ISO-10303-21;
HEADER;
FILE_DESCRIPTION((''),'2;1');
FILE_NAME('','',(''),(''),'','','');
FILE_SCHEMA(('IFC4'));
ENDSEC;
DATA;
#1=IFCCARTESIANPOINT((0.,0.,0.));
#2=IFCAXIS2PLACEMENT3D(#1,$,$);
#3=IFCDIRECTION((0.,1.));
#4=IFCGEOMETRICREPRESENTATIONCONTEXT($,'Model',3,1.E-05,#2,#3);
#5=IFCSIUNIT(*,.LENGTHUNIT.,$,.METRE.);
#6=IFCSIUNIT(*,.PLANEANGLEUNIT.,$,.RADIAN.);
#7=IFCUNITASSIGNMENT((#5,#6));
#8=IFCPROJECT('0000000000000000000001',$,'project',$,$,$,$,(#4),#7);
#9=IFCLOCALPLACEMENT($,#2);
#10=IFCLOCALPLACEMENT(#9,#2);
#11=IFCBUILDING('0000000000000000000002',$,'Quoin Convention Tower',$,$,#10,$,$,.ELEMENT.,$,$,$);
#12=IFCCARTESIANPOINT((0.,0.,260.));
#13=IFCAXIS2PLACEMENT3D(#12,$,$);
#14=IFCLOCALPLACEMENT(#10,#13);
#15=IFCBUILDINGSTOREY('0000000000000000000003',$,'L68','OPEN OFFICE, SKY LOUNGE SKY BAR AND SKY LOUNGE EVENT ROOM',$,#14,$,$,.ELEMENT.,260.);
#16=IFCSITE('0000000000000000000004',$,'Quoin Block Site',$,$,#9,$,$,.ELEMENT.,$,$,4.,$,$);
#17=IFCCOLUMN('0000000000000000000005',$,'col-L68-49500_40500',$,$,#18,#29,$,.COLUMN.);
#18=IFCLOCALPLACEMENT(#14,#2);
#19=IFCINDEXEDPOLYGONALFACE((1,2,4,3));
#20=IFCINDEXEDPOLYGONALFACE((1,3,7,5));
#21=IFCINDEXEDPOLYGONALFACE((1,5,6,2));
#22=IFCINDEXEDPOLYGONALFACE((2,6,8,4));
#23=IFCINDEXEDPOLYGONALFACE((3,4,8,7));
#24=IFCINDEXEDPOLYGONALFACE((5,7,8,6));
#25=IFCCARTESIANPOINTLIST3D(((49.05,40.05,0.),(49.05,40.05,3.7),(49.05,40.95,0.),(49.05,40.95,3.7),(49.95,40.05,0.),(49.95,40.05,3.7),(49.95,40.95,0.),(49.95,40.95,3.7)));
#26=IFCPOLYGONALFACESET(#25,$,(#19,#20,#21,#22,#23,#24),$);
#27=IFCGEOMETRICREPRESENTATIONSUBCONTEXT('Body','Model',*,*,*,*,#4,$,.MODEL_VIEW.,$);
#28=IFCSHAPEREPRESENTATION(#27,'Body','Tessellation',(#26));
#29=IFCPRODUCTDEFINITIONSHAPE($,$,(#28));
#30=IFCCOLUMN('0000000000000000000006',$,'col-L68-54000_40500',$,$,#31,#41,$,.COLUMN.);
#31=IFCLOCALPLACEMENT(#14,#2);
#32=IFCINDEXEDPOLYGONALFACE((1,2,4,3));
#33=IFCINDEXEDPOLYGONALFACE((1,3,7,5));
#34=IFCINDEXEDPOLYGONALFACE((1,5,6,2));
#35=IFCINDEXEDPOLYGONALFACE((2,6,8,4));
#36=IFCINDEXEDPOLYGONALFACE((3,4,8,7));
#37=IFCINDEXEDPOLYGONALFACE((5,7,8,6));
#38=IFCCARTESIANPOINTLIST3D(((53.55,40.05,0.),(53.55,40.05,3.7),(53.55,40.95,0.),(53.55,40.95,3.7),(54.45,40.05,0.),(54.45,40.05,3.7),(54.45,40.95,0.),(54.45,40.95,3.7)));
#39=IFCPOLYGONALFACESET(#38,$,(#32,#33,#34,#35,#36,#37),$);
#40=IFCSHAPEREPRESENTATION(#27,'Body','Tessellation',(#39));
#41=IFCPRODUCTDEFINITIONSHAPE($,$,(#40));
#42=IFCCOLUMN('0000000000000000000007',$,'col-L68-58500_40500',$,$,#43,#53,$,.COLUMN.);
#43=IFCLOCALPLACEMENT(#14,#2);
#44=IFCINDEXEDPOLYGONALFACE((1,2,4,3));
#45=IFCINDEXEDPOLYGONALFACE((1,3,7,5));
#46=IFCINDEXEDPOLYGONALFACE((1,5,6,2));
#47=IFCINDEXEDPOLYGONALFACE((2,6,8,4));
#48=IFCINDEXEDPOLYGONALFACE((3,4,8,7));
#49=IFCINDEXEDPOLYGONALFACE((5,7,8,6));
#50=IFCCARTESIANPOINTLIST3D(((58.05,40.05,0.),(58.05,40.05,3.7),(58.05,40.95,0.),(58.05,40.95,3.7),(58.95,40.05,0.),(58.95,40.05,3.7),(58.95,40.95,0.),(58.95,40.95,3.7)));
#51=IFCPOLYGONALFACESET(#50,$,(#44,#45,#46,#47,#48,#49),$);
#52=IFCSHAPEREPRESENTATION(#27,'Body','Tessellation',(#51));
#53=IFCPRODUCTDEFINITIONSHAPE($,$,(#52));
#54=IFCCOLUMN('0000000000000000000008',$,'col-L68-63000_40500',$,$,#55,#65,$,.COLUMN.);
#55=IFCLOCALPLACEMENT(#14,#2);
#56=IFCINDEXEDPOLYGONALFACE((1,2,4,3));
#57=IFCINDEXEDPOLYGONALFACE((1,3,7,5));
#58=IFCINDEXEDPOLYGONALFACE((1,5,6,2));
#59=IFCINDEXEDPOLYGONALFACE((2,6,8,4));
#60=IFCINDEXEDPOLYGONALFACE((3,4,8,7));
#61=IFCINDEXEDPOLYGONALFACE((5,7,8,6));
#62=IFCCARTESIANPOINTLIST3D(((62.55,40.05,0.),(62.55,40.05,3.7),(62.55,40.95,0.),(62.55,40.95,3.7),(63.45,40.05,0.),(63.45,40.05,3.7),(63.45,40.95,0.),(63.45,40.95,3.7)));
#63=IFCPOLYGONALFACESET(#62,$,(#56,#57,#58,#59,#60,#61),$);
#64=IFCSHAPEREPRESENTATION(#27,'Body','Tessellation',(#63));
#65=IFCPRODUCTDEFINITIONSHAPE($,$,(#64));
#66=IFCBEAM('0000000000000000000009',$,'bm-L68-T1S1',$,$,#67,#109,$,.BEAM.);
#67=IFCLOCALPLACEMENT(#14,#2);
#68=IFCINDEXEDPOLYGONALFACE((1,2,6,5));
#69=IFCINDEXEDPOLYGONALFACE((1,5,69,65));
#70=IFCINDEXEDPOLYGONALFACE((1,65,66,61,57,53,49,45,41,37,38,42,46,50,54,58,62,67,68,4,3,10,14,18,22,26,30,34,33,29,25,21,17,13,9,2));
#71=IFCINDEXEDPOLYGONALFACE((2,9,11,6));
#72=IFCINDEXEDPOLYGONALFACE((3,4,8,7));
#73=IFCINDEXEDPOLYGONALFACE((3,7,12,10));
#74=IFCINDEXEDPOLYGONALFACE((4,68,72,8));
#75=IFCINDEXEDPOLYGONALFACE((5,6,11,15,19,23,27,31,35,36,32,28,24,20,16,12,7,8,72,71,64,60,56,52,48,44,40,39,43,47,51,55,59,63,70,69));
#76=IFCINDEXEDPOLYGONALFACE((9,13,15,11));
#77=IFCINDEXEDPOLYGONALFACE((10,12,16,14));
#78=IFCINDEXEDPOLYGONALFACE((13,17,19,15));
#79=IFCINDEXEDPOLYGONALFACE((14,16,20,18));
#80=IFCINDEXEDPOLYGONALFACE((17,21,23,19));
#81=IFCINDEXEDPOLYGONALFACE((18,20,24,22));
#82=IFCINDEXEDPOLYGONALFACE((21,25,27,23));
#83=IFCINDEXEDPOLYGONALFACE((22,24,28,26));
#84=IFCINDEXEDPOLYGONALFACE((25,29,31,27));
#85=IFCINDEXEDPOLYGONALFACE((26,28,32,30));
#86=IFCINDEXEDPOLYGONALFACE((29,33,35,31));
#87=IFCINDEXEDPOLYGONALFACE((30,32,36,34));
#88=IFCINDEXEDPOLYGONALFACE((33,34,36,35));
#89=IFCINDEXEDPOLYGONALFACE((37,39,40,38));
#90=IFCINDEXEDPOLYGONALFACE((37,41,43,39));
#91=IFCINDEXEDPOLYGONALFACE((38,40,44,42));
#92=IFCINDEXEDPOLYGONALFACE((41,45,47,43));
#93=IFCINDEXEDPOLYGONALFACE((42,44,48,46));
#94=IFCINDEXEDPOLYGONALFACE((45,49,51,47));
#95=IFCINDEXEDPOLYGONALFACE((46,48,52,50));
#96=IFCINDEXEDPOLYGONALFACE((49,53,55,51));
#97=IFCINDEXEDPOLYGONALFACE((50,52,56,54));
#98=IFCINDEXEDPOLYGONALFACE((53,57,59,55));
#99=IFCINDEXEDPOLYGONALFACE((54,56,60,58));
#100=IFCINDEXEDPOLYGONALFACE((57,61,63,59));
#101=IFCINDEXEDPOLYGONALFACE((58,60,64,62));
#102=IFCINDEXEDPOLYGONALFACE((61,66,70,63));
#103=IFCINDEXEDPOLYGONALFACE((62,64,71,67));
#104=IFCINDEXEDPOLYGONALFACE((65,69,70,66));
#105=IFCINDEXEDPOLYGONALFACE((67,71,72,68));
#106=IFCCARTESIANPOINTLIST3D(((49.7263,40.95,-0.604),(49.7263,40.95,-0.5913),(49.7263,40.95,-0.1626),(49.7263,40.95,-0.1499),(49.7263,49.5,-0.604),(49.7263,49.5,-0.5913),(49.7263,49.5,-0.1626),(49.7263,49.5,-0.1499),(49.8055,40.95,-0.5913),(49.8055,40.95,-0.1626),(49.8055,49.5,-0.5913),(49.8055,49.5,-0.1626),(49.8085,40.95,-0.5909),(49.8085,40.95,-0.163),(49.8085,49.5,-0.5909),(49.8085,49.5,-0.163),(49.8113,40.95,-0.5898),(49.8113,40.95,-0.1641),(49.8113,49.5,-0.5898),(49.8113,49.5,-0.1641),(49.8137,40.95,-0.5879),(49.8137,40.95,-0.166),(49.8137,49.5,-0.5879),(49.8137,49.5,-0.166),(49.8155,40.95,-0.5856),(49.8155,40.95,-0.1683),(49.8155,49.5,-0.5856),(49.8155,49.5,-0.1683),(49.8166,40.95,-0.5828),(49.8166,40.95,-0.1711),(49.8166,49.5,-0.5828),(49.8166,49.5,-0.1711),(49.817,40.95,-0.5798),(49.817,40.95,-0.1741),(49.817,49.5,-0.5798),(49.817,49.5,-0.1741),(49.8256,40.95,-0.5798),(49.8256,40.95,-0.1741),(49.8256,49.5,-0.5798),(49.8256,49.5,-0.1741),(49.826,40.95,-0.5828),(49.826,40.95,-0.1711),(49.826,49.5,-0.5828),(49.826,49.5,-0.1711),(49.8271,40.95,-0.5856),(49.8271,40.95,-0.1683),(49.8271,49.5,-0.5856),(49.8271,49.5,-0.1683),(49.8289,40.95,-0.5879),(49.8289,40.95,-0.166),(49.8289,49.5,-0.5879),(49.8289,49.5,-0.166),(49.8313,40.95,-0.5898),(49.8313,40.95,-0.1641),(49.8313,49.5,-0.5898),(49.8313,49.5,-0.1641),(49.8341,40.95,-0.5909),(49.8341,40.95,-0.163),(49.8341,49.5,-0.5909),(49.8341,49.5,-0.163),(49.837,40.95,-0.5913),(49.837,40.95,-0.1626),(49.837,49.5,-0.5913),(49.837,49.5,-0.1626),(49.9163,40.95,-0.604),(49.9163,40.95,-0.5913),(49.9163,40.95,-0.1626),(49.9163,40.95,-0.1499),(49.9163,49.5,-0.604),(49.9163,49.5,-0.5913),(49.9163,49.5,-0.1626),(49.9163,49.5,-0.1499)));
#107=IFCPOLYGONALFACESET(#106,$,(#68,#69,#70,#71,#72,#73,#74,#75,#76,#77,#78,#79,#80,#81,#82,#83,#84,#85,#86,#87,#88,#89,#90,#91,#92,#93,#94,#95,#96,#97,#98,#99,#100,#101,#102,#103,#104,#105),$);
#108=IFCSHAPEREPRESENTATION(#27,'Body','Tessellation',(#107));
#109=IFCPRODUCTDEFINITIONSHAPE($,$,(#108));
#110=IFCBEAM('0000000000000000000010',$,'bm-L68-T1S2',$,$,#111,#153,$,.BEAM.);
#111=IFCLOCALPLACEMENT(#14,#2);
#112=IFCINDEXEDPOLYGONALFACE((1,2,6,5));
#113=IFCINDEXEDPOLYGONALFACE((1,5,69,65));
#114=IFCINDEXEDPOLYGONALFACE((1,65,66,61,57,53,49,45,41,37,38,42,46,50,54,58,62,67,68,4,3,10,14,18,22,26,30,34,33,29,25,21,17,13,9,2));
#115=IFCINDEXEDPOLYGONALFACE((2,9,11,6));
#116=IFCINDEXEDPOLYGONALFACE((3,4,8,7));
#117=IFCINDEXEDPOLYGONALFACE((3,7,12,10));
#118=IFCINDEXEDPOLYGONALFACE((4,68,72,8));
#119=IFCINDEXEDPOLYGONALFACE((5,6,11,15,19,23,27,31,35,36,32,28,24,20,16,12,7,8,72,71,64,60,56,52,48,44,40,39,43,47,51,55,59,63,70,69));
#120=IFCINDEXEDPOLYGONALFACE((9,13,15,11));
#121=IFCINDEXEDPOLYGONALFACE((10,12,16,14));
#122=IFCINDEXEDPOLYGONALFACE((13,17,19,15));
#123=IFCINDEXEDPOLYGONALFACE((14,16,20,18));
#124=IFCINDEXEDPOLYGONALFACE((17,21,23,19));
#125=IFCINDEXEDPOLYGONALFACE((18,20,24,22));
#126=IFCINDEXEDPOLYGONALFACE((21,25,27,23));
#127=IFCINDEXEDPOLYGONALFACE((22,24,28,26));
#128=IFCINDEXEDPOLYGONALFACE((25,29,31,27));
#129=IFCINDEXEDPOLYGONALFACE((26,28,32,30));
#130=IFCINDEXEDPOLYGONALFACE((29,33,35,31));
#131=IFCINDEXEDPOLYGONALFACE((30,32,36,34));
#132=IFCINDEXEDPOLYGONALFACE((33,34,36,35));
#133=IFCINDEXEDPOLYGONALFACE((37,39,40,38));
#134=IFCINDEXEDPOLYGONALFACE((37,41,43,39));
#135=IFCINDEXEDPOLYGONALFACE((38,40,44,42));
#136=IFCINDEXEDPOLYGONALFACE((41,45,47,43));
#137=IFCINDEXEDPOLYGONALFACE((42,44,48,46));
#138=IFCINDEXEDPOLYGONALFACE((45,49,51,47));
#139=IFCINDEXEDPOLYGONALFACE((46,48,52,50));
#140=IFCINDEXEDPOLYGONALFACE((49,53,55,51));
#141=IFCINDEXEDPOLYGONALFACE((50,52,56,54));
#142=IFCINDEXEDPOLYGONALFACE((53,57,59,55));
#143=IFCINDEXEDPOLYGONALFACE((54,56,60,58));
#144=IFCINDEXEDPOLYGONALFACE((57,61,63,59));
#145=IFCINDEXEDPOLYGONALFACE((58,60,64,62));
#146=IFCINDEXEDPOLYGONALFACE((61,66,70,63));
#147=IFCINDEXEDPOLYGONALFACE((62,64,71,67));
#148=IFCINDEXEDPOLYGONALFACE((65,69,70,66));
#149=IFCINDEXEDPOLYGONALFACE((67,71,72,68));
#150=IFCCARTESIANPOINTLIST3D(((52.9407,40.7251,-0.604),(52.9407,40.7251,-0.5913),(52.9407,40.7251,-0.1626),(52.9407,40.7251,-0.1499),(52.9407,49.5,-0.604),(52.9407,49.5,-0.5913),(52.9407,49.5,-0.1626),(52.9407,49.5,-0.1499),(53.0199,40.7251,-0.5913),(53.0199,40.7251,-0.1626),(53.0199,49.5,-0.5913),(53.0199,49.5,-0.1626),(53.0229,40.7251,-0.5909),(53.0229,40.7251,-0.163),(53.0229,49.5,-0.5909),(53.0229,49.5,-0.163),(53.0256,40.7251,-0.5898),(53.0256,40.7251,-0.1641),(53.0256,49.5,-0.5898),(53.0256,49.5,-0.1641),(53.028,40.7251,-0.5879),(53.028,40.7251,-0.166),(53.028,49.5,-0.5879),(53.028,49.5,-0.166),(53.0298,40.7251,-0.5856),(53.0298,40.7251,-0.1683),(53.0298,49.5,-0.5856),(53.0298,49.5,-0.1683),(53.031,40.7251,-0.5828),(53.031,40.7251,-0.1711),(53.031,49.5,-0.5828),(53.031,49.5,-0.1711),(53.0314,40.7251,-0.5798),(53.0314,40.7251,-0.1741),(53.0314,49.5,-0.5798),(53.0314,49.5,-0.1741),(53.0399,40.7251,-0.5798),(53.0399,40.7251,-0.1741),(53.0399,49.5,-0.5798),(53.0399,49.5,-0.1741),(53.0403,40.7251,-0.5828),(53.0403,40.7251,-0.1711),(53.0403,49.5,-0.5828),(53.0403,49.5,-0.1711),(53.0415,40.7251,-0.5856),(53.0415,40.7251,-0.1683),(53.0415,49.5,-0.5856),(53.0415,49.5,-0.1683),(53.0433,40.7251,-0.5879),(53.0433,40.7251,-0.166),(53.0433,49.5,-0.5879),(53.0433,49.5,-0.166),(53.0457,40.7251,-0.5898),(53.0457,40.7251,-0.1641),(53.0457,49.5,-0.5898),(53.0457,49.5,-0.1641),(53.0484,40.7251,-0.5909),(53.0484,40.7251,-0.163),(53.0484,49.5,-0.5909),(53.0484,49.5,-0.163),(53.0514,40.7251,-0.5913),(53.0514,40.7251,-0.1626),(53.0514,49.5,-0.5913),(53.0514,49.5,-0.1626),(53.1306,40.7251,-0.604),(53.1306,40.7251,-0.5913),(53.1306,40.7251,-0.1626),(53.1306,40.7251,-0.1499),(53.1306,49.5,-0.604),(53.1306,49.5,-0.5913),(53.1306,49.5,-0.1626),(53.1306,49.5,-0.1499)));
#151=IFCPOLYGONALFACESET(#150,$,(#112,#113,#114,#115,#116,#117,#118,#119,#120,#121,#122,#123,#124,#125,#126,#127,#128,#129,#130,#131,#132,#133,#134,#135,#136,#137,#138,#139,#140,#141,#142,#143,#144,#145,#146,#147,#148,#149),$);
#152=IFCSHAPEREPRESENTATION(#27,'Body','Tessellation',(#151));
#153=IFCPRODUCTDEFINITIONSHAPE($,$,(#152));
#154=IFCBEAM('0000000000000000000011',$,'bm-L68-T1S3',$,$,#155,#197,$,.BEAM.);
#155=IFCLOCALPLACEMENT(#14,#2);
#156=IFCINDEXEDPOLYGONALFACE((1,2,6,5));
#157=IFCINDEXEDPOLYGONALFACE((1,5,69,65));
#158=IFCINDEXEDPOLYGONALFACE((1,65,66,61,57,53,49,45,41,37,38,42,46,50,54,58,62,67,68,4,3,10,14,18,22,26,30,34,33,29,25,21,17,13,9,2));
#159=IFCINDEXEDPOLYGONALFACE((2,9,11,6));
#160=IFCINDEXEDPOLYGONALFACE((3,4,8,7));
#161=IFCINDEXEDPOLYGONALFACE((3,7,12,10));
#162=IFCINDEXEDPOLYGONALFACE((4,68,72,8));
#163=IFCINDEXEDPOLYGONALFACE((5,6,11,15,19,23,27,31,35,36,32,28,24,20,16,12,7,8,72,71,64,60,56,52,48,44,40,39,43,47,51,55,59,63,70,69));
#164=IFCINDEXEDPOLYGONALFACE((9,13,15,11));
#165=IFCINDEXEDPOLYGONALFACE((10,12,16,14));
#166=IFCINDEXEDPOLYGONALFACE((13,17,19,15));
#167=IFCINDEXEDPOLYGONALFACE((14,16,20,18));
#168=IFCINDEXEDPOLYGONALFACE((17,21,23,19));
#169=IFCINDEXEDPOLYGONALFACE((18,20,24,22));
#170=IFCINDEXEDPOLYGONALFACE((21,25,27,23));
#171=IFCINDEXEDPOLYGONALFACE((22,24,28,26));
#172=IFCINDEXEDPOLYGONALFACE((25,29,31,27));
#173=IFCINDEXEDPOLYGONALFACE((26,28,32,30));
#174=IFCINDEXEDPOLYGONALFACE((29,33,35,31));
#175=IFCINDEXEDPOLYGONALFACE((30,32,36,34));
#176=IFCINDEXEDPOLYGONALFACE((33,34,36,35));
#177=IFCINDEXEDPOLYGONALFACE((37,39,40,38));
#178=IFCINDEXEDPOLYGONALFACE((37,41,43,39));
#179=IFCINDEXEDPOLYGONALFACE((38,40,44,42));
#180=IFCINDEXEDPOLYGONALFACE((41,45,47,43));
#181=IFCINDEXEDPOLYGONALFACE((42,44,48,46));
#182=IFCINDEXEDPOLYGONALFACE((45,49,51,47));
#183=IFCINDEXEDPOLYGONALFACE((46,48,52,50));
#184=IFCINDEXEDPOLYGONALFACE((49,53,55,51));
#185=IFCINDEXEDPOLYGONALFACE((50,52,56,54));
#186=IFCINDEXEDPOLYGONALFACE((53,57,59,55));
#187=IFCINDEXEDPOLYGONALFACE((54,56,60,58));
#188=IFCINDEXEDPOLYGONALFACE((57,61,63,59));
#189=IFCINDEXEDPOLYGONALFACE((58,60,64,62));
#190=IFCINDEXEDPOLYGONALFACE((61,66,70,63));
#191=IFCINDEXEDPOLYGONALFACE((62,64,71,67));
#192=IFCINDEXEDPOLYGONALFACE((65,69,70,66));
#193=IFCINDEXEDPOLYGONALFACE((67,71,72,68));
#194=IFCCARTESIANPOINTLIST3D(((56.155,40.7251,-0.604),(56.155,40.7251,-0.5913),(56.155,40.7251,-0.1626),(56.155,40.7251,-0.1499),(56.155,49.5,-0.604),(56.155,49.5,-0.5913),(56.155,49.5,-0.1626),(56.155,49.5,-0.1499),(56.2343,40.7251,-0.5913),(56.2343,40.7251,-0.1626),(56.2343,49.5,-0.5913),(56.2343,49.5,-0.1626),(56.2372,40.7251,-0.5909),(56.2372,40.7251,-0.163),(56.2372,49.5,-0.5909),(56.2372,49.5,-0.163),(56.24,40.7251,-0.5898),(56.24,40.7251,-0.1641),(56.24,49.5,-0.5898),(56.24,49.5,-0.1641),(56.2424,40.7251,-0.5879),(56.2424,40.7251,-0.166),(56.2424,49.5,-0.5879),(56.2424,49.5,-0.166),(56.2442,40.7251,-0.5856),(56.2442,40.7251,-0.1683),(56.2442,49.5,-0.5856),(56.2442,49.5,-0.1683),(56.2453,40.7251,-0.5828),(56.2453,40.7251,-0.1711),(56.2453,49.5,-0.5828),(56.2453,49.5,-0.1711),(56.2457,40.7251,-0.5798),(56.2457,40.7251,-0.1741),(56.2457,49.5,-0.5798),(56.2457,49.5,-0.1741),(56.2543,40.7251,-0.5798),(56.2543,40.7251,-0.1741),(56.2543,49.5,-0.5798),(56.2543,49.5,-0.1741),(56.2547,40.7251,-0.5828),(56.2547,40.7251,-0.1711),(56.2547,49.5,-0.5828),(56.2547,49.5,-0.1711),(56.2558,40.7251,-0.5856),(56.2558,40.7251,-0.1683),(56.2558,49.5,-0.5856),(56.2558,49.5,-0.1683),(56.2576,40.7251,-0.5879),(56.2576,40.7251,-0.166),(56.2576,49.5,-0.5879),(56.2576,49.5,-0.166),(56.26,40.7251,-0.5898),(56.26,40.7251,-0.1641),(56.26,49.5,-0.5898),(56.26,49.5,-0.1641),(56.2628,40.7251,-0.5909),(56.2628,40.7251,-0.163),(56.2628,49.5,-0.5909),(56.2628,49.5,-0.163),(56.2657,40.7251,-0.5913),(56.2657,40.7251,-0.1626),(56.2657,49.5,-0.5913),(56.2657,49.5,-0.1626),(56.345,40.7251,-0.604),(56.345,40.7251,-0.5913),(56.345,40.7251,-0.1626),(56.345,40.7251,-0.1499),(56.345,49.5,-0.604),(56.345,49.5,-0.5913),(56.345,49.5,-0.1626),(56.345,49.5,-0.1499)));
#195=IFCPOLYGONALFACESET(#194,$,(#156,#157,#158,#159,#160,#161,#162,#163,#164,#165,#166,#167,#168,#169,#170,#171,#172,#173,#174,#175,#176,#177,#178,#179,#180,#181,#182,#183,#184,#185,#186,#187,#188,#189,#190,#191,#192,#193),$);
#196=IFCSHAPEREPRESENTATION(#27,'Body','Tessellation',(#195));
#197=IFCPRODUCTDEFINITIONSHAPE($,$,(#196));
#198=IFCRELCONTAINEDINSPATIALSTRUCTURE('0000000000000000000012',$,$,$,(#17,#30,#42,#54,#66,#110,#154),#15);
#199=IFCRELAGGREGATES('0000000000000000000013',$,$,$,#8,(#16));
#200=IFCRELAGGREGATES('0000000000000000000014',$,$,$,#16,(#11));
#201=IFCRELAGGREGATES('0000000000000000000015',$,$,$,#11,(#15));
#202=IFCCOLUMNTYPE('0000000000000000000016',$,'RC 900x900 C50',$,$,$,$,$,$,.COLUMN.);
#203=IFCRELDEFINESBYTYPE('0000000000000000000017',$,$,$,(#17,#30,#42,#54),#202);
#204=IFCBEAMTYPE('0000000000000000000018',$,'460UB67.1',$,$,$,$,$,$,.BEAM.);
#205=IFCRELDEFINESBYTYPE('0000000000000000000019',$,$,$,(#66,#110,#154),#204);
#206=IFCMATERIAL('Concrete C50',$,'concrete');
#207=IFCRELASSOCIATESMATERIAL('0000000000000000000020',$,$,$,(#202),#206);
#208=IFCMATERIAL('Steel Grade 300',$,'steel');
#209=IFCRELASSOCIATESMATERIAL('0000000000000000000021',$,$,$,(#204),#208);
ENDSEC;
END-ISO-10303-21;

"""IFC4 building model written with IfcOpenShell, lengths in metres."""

from ifc_helpers import new_model, si_unit, direction, frame, origin, origin_2d, place, context, subcontext, project, spatial, rectangle, i_section, extrude, material, material_profile, profile_set, type_object, element, save


model = new_model("IFC4")

# Units and contexts
model_context = context("Model", 3, precision=1e-05, world=origin(), true_north=direction((0.0, 1.0)))
body_context = subcontext(model_context, "Body", "Model", "MODEL_VIEW")
ifc_project = project(units=[si_unit("LENGTHUNIT", "METRE"), si_unit("PLANEANGLEUNIT", "RADIAN")], contexts=[model_context])

# Site, building, storey
site_placement = place(None, origin())
site = spatial("IfcSite", under=ifc_project, at=site_placement, Name="Quoin Block Site", CompositionType="ELEMENT", RefElevation=4.0)
building_placement = place(site_placement, origin())
building = spatial("IfcBuilding", under=site, at=building_placement, Name="Quoin Convention Tower", CompositionType="ELEMENT")
storey_placement = place(building_placement, frame((0.0, 0.0, 260.0)))
storey = spatial("IfcBuildingStorey", under=building, at=storey_placement, Name="L68", Description="OPEN OFFICE, SKY LOUNGE SKY BAR AND SKY LOUNGE EVENT ROOM", CompositionType="ELEMENT", Elevation=260.0)

# Columns
ifc_material_1 = material(Name="Concrete C50", Category="concrete")
ifc_material_profile_1 = material_profile(ifc_material_1, rectangle(XDim=0.8999, YDim=0.8999, at=origin_2d()), Name="RC 900x900")
ifc_profile_set_1 = profile_set([ifc_material_profile_1], Name="Concrete C50")
column_type = type_object("IfcColumnType", Name="RC 900x900 C50", PredefinedType="COLUMN", material=ifc_profile_set_1)
for number, where, z_axis, x_axis, name in (
    (1, (49.5, 40.5, 0.0), (0.0, 0.0, 1.0), (1.0, 0.0, 0.0), "col-L68-49500_40500"),
    (2, (54.0, 40.5, 0.0), (0.0, 0.0, 1.0), (1.0, 0.0, 0.0), "col-L68-54000_40500"),
    (3, (58.5, 40.5, 0.0), (0.0, 0.0, 1.0), (1.0, 0.0, 0.0), "col-L68-58500_40500"),
    (4, (63.0, 40.5, 0.0), (0.0, 0.0, 1.0), (1.0, 0.0, 0.0), "col-L68-63000_40500"),
):
    element("IfcColumn", number, at=place(storey_placement, frame(where, z_axis=z_axis, x_axis=x_axis)), inside=storey, type_object=column_type, Name=name, PredefinedType="COLUMN", context=body_context, shape_type="SweptSolid", body=[
        extrude(rectangle(XDim=0.8999, YDim=0.8999, at=origin_2d()), origin(), (0.0, 0.0, 1.0), 3.7),
    ])

# Beams
ifc_material_2 = material(Name="Steel Grade 300", Category="steel")
ifc_material_profile_2 = material_profile(ifc_material_2, i_section(OverallWidth=0.1899, OverallDepth=0.4541, WebThickness=0.0085, FlangeThickness=0.0127, FilletRadius=0.0115, at=origin_2d()), Name="460UB67.1")
ifc_profile_set_2 = profile_set([ifc_material_profile_2], Name="Steel Grade 300")
beam_type_1 = type_object("IfcBeamType", Name="460UB67.1", PredefinedType="BEAM", material=ifc_profile_set_2)
beam_1_placement = place(storey_placement, frame((49.8213, 40.95, -0.377), z_axis=(0.0, 1.0, 0.0), x_axis=(-1.0, 0.0, 0.0)))
element("IfcBeam", 5, at=beam_1_placement, inside=storey, type_object=beam_type_1, Name="bm-L68-T1S1", PredefinedType="BEAM", context=body_context, shape_type="SweptSolid", body=[
    extrude(i_section(OverallWidth=0.1899, OverallDepth=0.4541, WebThickness=0.0085, FlangeThickness=0.0127, FilletRadius=0.0115, at=origin_2d()), origin(), (0.0, 0.0, 1.0), 8.55),
])
for number, where, z_axis, x_axis, name in (
    (6, (53.0356, 40.7251, -0.377), (0.0, 1.0, 0.0), (-1.0, 0.0, 0.0), "bm-L68-T1S2"),
    (7, (56.25, 40.7251, -0.377), (0.0, 1.0, 0.0), (-1.0, 0.0, 0.0), "bm-L68-T1S3"),
):
    element("IfcBeam", number, at=place(storey_placement, frame(where, z_axis=z_axis, x_axis=x_axis)), inside=storey, type_object=beam_type_1, Name=name, PredefinedType="BEAM", context=body_context, shape_type="SweptSolid", body=[
        extrude(i_section(OverallWidth=0.1899, OverallDepth=0.4541, WebThickness=0.0085, FlangeThickness=0.0127, FilletRadius=0.0115, at=origin_2d()), origin(), (0.0, 0.0, 1.0), 8.7749),
    ])

save(model, "model.ifc")
